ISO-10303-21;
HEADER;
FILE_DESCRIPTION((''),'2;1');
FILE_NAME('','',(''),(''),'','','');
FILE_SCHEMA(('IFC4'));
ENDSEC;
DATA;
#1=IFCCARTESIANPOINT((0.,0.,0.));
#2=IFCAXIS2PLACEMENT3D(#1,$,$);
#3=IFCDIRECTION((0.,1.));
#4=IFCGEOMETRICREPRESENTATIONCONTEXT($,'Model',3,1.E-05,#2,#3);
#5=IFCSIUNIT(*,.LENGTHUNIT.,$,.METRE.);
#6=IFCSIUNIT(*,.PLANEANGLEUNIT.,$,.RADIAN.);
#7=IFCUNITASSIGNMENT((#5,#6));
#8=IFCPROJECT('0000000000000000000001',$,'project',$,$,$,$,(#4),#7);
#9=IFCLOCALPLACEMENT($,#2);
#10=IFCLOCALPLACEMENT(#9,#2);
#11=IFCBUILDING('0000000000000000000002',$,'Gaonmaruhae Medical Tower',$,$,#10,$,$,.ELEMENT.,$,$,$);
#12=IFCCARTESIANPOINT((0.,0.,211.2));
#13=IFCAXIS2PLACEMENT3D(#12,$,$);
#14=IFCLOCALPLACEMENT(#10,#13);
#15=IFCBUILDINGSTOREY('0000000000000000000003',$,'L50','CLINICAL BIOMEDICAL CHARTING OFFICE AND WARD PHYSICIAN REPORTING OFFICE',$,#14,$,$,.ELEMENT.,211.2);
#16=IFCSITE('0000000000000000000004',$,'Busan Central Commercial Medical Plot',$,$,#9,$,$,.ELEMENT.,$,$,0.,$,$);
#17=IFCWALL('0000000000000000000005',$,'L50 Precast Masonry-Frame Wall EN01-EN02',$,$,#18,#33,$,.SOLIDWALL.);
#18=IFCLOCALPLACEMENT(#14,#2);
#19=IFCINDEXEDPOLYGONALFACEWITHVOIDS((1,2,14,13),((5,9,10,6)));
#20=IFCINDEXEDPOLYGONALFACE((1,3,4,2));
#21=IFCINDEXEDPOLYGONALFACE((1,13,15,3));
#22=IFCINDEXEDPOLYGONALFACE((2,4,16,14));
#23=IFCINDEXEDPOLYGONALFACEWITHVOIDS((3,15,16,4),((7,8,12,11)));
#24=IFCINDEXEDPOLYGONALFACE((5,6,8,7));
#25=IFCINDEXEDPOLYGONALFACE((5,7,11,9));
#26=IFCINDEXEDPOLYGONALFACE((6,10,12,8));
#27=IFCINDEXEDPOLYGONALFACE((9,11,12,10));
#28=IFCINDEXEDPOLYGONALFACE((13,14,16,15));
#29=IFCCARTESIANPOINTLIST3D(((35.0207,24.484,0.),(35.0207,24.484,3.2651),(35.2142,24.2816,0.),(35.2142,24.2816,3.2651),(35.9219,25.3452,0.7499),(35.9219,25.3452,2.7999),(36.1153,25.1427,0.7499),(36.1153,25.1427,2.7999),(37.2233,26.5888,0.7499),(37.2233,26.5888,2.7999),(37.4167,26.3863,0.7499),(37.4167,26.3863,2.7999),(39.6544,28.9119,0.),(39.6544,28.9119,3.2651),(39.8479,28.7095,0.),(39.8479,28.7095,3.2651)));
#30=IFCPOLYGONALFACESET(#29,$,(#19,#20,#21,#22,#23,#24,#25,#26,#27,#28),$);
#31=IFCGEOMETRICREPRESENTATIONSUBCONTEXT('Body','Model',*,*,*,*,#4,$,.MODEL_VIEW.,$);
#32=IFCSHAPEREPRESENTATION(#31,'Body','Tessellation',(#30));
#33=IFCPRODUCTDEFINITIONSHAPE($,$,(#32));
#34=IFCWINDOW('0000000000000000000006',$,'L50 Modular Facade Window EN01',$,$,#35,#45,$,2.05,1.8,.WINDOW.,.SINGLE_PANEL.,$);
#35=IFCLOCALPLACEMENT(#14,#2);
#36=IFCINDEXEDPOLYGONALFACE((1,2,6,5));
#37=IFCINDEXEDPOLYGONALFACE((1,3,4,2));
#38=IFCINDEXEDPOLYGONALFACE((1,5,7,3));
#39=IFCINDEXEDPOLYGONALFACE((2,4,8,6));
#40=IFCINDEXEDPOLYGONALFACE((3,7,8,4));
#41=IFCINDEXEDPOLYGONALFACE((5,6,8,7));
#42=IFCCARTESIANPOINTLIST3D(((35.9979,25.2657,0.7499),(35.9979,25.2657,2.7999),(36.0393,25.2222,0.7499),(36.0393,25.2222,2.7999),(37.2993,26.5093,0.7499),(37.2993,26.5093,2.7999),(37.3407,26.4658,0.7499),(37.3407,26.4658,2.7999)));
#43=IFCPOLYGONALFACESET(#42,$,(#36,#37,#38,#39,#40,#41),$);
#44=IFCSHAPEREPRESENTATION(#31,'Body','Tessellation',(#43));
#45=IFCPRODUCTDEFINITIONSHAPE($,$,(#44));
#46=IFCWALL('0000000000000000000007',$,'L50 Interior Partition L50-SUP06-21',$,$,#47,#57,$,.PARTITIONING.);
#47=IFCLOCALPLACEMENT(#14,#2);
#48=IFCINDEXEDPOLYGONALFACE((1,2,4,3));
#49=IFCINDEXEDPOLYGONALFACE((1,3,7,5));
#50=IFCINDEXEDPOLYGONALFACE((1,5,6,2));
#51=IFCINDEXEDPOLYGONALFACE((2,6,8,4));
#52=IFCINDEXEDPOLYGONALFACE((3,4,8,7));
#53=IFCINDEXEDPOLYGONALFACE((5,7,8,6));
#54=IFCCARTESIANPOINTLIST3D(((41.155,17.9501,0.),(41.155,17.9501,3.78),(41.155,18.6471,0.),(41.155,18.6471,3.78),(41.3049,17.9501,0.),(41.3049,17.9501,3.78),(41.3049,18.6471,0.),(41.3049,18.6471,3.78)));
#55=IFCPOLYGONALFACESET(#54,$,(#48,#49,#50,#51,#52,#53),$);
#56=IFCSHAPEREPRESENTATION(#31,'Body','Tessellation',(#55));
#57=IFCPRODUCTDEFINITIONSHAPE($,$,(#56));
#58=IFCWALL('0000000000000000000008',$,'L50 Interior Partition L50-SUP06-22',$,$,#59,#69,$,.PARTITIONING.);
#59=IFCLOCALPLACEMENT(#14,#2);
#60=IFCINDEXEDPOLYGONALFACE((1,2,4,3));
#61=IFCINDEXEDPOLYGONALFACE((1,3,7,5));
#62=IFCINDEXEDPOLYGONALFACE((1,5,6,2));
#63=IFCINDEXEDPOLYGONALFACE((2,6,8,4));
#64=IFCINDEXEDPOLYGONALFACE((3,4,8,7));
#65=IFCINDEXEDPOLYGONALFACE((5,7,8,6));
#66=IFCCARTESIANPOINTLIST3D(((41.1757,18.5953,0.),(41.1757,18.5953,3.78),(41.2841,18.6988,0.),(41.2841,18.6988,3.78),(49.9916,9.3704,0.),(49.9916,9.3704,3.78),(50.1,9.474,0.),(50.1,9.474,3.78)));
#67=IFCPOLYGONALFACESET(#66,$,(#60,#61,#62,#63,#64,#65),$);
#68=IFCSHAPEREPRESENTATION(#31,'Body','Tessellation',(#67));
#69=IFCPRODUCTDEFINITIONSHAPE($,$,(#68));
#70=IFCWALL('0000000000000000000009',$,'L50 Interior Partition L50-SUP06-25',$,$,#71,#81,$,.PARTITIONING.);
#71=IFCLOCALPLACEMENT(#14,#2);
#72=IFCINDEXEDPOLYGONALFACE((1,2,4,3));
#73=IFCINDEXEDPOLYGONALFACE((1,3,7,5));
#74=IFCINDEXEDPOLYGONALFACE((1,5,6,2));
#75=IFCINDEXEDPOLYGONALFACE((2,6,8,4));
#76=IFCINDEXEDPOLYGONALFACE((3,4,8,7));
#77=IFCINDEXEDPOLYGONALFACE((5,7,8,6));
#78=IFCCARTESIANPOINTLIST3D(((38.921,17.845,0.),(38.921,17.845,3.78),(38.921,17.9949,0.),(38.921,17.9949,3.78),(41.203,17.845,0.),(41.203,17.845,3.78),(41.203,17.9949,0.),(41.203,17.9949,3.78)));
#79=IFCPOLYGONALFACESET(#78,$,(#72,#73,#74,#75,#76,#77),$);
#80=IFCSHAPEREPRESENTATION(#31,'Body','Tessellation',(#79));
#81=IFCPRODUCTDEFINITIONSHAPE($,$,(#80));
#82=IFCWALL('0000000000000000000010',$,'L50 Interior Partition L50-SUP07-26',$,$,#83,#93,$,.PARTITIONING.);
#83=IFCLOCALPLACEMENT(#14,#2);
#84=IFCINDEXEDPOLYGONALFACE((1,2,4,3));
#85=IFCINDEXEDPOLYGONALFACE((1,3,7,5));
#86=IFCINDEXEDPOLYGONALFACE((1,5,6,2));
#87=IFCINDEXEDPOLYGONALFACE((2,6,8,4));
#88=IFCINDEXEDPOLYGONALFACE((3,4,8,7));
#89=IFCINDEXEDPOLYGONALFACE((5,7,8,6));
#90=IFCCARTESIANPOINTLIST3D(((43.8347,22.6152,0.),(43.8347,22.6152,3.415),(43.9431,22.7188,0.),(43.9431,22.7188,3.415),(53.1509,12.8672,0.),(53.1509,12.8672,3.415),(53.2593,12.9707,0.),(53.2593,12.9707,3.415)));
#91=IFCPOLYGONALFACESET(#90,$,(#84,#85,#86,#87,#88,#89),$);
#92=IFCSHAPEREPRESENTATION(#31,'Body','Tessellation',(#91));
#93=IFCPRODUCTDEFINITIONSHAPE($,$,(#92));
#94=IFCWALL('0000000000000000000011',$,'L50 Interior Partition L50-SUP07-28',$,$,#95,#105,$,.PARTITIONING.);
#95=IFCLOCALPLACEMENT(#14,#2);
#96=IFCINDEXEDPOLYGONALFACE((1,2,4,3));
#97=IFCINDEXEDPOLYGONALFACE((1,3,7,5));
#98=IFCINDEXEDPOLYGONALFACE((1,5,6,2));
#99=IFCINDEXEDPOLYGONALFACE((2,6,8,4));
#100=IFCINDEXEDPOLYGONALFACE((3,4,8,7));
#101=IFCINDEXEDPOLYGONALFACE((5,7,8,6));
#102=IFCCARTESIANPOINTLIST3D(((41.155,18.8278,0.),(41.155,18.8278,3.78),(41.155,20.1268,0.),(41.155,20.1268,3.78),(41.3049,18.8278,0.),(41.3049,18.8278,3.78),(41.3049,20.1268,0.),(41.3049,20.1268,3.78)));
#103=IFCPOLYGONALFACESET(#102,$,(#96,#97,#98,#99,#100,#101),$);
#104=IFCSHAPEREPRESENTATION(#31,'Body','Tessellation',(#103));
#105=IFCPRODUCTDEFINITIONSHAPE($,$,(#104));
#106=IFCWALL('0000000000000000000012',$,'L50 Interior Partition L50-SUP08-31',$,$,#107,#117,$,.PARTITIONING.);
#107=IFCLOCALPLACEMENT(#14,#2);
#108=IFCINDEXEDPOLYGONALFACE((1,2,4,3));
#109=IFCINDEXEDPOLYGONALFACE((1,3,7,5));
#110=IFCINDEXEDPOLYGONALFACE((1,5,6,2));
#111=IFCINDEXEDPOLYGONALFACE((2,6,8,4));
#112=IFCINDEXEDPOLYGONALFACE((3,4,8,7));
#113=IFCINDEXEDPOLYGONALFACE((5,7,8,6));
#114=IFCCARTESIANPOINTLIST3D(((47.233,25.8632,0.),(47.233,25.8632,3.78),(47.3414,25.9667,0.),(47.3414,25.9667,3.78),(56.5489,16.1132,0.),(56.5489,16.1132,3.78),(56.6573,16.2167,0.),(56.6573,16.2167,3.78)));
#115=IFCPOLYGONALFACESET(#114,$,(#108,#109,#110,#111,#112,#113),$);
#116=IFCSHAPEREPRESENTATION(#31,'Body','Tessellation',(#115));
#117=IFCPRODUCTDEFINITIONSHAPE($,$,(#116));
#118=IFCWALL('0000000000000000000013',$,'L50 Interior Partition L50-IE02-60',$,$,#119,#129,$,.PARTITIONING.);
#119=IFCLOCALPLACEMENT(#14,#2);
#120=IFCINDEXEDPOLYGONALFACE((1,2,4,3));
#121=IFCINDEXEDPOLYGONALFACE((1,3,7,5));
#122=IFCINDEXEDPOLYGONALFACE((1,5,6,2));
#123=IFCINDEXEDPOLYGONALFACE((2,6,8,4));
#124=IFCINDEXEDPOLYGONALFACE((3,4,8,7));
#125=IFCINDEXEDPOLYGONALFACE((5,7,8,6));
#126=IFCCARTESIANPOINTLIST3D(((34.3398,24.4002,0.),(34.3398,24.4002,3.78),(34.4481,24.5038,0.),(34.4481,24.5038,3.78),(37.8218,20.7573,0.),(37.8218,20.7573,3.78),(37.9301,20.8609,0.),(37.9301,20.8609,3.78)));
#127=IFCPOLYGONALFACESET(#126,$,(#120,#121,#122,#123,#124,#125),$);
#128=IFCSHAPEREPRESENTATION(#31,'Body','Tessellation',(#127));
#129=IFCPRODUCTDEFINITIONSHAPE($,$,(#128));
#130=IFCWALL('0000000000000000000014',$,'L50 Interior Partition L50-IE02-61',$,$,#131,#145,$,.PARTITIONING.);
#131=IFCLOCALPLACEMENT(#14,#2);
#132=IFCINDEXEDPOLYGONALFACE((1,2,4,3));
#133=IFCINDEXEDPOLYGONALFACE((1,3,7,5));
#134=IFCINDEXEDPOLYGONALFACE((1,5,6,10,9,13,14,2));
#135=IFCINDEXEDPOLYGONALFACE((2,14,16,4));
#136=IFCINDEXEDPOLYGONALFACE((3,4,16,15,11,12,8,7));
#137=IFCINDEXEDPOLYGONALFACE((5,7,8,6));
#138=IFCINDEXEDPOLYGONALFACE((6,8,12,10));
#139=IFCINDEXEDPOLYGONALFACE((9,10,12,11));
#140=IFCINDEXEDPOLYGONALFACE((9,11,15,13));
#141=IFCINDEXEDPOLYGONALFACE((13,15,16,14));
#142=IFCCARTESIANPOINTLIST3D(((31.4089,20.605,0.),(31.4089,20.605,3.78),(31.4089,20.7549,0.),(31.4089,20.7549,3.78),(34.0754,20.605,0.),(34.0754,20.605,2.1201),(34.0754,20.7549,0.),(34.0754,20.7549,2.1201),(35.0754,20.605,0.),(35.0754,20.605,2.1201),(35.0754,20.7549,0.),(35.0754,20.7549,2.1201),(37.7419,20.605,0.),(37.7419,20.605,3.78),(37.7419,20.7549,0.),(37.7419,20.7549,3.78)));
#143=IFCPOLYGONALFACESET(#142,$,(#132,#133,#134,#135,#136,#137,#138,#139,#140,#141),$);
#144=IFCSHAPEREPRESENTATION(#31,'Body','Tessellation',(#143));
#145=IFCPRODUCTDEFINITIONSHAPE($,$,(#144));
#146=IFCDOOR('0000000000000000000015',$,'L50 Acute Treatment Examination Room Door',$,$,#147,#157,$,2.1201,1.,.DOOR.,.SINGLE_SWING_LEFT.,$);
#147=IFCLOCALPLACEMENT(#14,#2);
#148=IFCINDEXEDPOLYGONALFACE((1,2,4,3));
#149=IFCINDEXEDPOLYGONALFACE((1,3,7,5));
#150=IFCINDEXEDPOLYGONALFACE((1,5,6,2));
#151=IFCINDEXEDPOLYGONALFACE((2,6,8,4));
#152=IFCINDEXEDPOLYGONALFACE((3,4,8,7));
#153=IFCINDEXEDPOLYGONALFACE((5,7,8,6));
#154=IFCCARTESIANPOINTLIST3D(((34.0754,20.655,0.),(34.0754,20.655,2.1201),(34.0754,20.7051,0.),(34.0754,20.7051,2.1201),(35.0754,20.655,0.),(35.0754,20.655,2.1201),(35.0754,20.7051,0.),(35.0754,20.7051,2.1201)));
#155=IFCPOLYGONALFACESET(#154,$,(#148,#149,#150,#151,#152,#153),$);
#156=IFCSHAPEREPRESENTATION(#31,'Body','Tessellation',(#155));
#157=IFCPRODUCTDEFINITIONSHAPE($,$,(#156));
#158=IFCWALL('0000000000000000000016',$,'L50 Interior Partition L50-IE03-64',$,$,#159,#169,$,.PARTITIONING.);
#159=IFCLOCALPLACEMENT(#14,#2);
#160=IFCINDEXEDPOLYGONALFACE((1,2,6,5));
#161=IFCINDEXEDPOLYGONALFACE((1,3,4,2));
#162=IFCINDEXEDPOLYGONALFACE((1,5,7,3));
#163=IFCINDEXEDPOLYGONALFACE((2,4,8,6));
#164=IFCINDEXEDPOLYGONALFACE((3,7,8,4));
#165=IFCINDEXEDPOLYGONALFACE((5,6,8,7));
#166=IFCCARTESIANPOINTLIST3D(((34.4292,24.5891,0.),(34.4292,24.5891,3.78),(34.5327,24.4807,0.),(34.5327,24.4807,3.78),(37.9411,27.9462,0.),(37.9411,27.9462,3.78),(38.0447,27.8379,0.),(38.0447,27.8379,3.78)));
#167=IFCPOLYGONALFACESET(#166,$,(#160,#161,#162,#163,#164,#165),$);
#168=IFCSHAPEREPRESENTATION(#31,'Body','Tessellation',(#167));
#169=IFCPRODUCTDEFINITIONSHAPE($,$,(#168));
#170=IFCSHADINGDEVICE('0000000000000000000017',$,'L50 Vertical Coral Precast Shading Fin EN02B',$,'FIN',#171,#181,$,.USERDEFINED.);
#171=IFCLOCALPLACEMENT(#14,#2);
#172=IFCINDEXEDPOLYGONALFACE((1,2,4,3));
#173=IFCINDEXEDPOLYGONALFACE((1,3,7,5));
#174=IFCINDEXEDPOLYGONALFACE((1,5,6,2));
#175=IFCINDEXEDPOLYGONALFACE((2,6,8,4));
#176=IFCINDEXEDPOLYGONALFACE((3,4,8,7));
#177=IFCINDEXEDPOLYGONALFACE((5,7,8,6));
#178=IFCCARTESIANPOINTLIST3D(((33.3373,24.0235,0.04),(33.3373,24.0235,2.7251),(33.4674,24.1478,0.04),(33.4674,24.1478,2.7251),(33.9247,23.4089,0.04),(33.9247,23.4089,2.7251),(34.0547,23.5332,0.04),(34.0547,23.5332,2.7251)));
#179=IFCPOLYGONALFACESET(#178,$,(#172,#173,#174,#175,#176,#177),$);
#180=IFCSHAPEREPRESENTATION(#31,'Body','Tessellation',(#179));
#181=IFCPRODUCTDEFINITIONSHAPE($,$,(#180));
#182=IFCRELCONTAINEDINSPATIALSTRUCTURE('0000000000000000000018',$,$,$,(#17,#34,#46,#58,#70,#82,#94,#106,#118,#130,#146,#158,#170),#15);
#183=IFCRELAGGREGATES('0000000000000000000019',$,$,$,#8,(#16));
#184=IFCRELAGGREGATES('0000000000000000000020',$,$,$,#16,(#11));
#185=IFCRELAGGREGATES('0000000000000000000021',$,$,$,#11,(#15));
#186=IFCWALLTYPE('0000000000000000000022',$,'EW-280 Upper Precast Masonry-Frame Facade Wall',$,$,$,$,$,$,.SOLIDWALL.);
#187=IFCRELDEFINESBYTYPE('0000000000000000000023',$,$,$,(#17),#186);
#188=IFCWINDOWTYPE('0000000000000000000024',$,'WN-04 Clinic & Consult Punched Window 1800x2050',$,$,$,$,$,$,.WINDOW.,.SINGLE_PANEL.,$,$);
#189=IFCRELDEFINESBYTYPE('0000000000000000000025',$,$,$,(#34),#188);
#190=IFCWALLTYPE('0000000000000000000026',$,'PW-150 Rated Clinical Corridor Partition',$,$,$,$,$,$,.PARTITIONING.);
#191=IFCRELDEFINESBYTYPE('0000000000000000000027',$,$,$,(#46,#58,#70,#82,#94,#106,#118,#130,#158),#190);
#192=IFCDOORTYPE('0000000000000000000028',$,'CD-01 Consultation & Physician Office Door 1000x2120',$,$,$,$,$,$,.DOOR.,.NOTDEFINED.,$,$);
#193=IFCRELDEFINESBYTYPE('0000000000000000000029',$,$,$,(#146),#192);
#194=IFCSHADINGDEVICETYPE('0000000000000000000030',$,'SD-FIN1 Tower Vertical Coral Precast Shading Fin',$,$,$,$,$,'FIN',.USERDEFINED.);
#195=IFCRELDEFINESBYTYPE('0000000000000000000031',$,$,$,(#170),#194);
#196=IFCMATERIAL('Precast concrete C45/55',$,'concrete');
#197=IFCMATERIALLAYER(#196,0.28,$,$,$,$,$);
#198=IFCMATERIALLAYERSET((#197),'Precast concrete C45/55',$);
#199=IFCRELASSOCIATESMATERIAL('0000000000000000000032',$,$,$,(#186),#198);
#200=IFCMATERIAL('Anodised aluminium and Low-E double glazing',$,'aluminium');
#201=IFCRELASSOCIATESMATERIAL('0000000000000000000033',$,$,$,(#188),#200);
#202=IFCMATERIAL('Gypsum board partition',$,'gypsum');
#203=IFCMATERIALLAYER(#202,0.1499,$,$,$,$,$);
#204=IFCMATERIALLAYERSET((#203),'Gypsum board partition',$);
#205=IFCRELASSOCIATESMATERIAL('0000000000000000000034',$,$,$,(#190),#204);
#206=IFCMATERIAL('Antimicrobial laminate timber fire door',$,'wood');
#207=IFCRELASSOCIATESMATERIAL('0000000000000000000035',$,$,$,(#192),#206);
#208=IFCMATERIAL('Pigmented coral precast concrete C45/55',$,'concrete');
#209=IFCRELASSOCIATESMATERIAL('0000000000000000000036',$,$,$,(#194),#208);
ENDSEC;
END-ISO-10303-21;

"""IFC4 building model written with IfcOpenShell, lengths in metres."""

from ifc_helpers import new_model, si_unit, direction, frame, frame_2d, origin, origin_2d, place, context, subcontext, project, spatial, rectangle, extrude, material, layer, layer_set, type_object, element, fill, save


model = new_model("IFC4")

# Units and contexts
model_context = context("Model", 3, precision=1e-05, world=origin(), true_north=direction((0.0, 1.0)))
body_context = subcontext(model_context, "Body", "Model", "MODEL_VIEW")
ifc_project = project(units=[si_unit("LENGTHUNIT", "METRE"), si_unit("PLANEANGLEUNIT", "RADIAN")], contexts=[model_context])

# Site, building, storey
site_placement = place(None, origin())
site = spatial("IfcSite", under=ifc_project, at=site_placement, Name="Busan Central Commercial Medical Plot", CompositionType="ELEMENT", RefElevation=0.0)
building_placement = place(site_placement, origin())
building = spatial("IfcBuilding", under=site, at=building_placement, Name="Gaonmaruhae Medical Tower", CompositionType="ELEMENT")
storey_placement = place(building_placement, frame((0.0, 0.0, 211.2)))
storey = spatial("IfcBuildingStorey", under=building, at=storey_placement, Name="L50", Description="CLINICAL BIOMEDICAL CHARTING OFFICE AND WARD PHYSICIAN REPORTING OFFICE", CompositionType="ELEMENT", Elevation=211.2)

# Wall, opening, window
ifc_material_1 = material(Name="Precast concrete C45/55", Category="concrete")
ifc_layer_1 = layer(ifc_material_1, 0.28)
ifc_layer_set_1 = layer_set([ifc_layer_1], Name="Precast concrete C45/55")
wall_type_1 = type_object("IfcWallType", Name="EW-280 Upper Precast Masonry-Frame Facade Wall", PredefinedType="SOLIDWALL", material=ifc_layer_set_1)
wall_1_placement = place(storey_placement, frame((35.1174, 24.3828, 0.0), z_axis=(0.0, 0.0, 1.0), x_axis=(0.72298, 0.690869, 0.0)))
wall_1 = element("IfcWall", 1, at=wall_1_placement, inside=storey, type_object=wall_type_1, Name="L50 Precast Masonry-Frame Wall EN01-EN02", PredefinedType="SOLIDWALL", context=body_context, shape_type="SweptSolid", body=[
    extrude(rectangle(XDim=6.4092, YDim=0.28, at=frame_2d((3.2046, 0.0))), origin(), (0.0, 0.0, 1.0), 3.2651),
])
opening_1_placement = place(wall_1_placement, frame((1.2466, 0.0, 0.75)))
opening_1 = element("IfcOpeningElement", 2, at=opening_1_placement, cuts=wall_1, PredefinedType="OPENING", context=body_context, shape_type="SweptSolid", body=[
    extrude(rectangle(XDim=1.8, YDim=2.05, at=frame_2d((0.8999, 1.0249))), frame((0.0, 0.1499, 0.0), z_axis=(0.0, -1.0, 0.0), x_axis=(1.0, 0.0, 0.0)), (0.0, 0.0, 1.0), 0.3),
])
ifc_material_2 = material(Name="Anodised aluminium and Low-E double glazing", Category="aluminium")
window_type = type_object("IfcWindowType", Name="WN-04 Clinic & Consult Punched Window 1800x2050", PartitioningType="SINGLE_PANEL", PredefinedType="WINDOW", material=ifc_material_2)
window_placement = place(opening_1_placement, origin())
window = element("IfcWindow", 3, at=window_placement, inside=storey, type_object=window_type, Name="L50 Modular Facade Window EN01", OverallHeight=2.05, OverallWidth=1.8, PartitioningType="SINGLE_PANEL", PredefinedType="WINDOW", context=body_context, shape_type="SweptSolid", body=[
    extrude(rectangle(XDim=1.8, YDim=2.05, at=frame_2d((0.8999, 1.0249))), frame((0.0, 0.03, 0.0), z_axis=(0.0, -1.0, 0.0), x_axis=(1.0, 0.0, 0.0)), (0.0, 0.0, 1.0), 0.0601),
])
fill(opening_1, window)

# Walls
ifc_material_3 = material(Name="Gypsum board partition", Category="gypsum")
ifc_layer_2 = layer(ifc_material_3, 0.1499)
ifc_layer_set_2 = layer_set([ifc_layer_2], Name="Gypsum board partition")
wall_type_2 = type_object("IfcWallType", Name="PW-150 Rated Clinical Corridor Partition", PredefinedType="PARTITIONING", material=ifc_layer_set_2)
wall_2_placement = place(storey_placement, frame((41.23, 17.95, 0.0), z_axis=(0.0, 0.0, 1.0), x_axis=(0.0, 1.0, 0.0)))
element("IfcWall", 4, at=wall_2_placement, inside=storey, type_object=wall_type_2, Name="L50 Interior Partition L50-SUP06-21", PredefinedType="PARTITIONING", context=body_context, shape_type="SweptSolid", body=[
    extrude(rectangle(XDim=0.697, YDim=0.1499, at=frame_2d((0.3486, 0.0))), origin(), (0.0, 0.0, 1.0), 3.78),
])
wall_3_placement = place(storey_placement, frame((41.23, 18.647, 0.0), z_axis=(0.0, 0.0, 1.0), x_axis=(0.690901, -0.722949, 0.0)))
element("IfcWall", 5, at=wall_3_placement, inside=storey, type_object=wall_type_2, Name="L50 Interior Partition L50-SUP06-22", PredefinedType="PARTITIONING", context=body_context, shape_type="SweptSolid", body=[
    extrude(rectangle(XDim=12.76, YDim=0.1499, at=frame_2d((6.3799, 0.0))), origin(), (0.0, 0.0, 1.0), 3.78),
])
wall_4_placement = place(storey_placement, frame((38.9209, 17.9199, 0.0), z_axis=(0.0, 0.0, 1.0), x_axis=(1.0, 0.0, 0.0)))
element("IfcWall", 6, at=wall_4_placement, inside=storey, type_object=wall_type_2, Name="L50 Interior Partition L50-SUP06-25", PredefinedType="PARTITIONING", context=body_context, shape_type="SweptSolid", body=[
    extrude(rectangle(XDim=2.282, YDim=0.1499, at=frame_2d((1.1411, 0.0))), origin(), (0.0, 0.0, 1.0), 3.78),
])
wall_5_placement = place(storey_placement, frame((43.8889, 22.667, 0.0), z_axis=(0.0, 0.0, 1.0), x_axis=(0.690911, -0.72294, 0.0)))
element("IfcWall", 7, at=wall_5_placement, inside=storey, type_object=wall_type_2, Name="L50 Interior Partition L50-SUP07-26", PredefinedType="PARTITIONING", context=body_context, shape_type="SweptSolid", body=[
    extrude(rectangle(XDim=13.4839, YDim=0.1499, at=frame_2d((6.7419, 0.0))), origin(), (0.0, 0.0, 1.0), 3.415),
])
wall_6_placement = place(storey_placement, frame((41.23, 18.8279, 0.0), z_axis=(0.0, 0.0, 1.0), x_axis=(0.0, 1.0, 0.0)))
element("IfcWall", 8, at=wall_6_placement, inside=storey, type_object=wall_type_2, Name="L50 Interior Partition L50-SUP07-28", PredefinedType="PARTITIONING", context=body_context, shape_type="SweptSolid", body=[
    extrude(rectangle(XDim=1.2991, YDim=0.1499, at=frame_2d((0.6494, 0.0))), origin(), (0.0, 0.0, 1.0), 3.78),
])

# Shared definitions
ifc_material_4 = material(Name="Antimicrobial laminate timber fire door", Category="wood")

# Walls
wall_7_placement = place(storey_placement, frame((47.2871, 25.915, 0.0), z_axis=(0.0, 0.0, 1.0), x_axis=(0.690829, -0.723018, 0.0)))
element("IfcWall", 9, at=wall_7_placement, inside=storey, type_object=wall_type_2, Name="L50 Interior Partition L50-SUP08-31", PredefinedType="PARTITIONING", context=body_context, shape_type="SweptSolid", body=[
    extrude(rectangle(XDim=13.4851, YDim=0.1499, at=frame_2d((6.7427, 0.0))), origin(), (0.0, 0.0, 1.0), 3.78),
])
wall_8_placement = place(storey_placement, frame((34.394, 24.4519, 0.0), z_axis=(0.0, 0.0, 1.0), x_axis=(0.690963, -0.72289, 0.0)))
element("IfcWall", 10, at=wall_8_placement, inside=storey, type_object=wall_type_2, Name="L50 Interior Partition L50-IE02-60", PredefinedType="PARTITIONING", context=body_context, shape_type="SweptSolid", body=[
    extrude(rectangle(XDim=5.0393, YDim=0.1499, at=frame_2d((2.5195, 0.0))), origin(), (0.0, 0.0, 1.0), 3.78),
])

# Wall, opening, door
wall_9_placement = place(storey_placement, frame((37.7419, 20.6799, 0.0), z_axis=(0.0, 0.0, 1.0), x_axis=(-1.0, 0.0, 0.0)))
wall_9 = element("IfcWall", 11, at=wall_9_placement, inside=storey, type_object=wall_type_2, Name="L50 Interior Partition L50-IE02-61", PredefinedType="PARTITIONING", context=body_context, shape_type="SweptSolid", body=[
    extrude(rectangle(XDim=6.333, YDim=0.1499, at=frame_2d((3.1665, 0.0))), origin(), (0.0, 0.0, 1.0), 3.78),
])
opening_2_placement = place(wall_9_placement, frame((2.6665, 0.0, 0.0)))
opening_2 = element("IfcOpeningElement", 12, at=opening_2_placement, cuts=wall_9, PredefinedType="OPENING", context=body_context, shape_type="SweptSolid", body=[
    extrude(rectangle(XDim=1.0, YDim=2.1201, at=frame_2d((0.5, 1.0601))), frame((0.0, 0.085, 0.0), z_axis=(0.0, -1.0, 0.0), x_axis=(1.0, 0.0, 0.0)), (0.0, 0.0, 1.0), 0.1699),
])
door_type_1 = type_object("IfcDoorType", Name="CD-01 Consultation & Physician Office Door 1000x2120", OperationType="NOTDEFINED", PredefinedType="DOOR", material=ifc_material_4)
door_1_placement = place(opening_2_placement, origin())
door_1 = element("IfcDoor", 13, at=door_1_placement, inside=storey, type_object=door_type_1, Name="L50 Acute Treatment Examination Room Door", OperationType="SINGLE_SWING_LEFT", OverallHeight=2.1201, OverallWidth=1.0, PredefinedType="DOOR", context=body_context, shape_type="SweptSolid", body=[
    extrude(rectangle(XDim=1.0, YDim=2.1201, at=frame_2d((0.5, 1.0601))), frame((0.0, 0.0249, 0.0), z_axis=(0.0, -1.0, 0.0), x_axis=(1.0, 0.0, 0.0)), (0.0, 0.0, 1.0), 0.05),
])
fill(opening_2, door_1)

# Wall
wall_10_placement = place(storey_placement, frame((34.481, 24.5349, 0.0), z_axis=(0.0, 0.0, 1.0), x_axis=(0.722857, 0.690998, 0.0)))
element("IfcWall", 14, at=wall_10_placement, inside=storey, type_object=wall_type_2, Name="L50 Interior Partition L50-IE03-64", PredefinedType="PARTITIONING", context=body_context, shape_type="SweptSolid", body=[
    extrude(rectangle(XDim=4.8584, YDim=0.1499, at=frame_2d((2.4292, 0.0))), origin(), (0.0, 0.0, 1.0), 3.78),
])

# Shading device
ifc_material_5 = material(Name="Pigmented coral precast concrete C45/55", Category="concrete")
shading_device_type = type_object("IfcShadingDeviceType", Name="SD-FIN1 Tower Vertical Coral Precast Shading Fin", ElementType="FIN", PredefinedType="USERDEFINED", material=ifc_material_5)
shading_device_placement = place(storey_placement, frame((33.696, 23.7783, 0.04), z_axis=(0.0, 0.0, 1.0), x_axis=(0.722967, 0.690882, 0.0)))
element("IfcShadingDevice", 15, at=shading_device_placement, inside=storey, type_object=shading_device_type, Name="L50 Vertical Coral Precast Shading Fin EN02B", ObjectType="FIN", PredefinedType="USERDEFINED", context=body_context, shape_type="SweptSolid", body=[
    extrude(rectangle(XDim=0.1799, YDim=0.8501, at=origin_2d()), origin(), (0.0, 0.0, 1.0), 2.6851),
])

save(model, "model.ifc")
